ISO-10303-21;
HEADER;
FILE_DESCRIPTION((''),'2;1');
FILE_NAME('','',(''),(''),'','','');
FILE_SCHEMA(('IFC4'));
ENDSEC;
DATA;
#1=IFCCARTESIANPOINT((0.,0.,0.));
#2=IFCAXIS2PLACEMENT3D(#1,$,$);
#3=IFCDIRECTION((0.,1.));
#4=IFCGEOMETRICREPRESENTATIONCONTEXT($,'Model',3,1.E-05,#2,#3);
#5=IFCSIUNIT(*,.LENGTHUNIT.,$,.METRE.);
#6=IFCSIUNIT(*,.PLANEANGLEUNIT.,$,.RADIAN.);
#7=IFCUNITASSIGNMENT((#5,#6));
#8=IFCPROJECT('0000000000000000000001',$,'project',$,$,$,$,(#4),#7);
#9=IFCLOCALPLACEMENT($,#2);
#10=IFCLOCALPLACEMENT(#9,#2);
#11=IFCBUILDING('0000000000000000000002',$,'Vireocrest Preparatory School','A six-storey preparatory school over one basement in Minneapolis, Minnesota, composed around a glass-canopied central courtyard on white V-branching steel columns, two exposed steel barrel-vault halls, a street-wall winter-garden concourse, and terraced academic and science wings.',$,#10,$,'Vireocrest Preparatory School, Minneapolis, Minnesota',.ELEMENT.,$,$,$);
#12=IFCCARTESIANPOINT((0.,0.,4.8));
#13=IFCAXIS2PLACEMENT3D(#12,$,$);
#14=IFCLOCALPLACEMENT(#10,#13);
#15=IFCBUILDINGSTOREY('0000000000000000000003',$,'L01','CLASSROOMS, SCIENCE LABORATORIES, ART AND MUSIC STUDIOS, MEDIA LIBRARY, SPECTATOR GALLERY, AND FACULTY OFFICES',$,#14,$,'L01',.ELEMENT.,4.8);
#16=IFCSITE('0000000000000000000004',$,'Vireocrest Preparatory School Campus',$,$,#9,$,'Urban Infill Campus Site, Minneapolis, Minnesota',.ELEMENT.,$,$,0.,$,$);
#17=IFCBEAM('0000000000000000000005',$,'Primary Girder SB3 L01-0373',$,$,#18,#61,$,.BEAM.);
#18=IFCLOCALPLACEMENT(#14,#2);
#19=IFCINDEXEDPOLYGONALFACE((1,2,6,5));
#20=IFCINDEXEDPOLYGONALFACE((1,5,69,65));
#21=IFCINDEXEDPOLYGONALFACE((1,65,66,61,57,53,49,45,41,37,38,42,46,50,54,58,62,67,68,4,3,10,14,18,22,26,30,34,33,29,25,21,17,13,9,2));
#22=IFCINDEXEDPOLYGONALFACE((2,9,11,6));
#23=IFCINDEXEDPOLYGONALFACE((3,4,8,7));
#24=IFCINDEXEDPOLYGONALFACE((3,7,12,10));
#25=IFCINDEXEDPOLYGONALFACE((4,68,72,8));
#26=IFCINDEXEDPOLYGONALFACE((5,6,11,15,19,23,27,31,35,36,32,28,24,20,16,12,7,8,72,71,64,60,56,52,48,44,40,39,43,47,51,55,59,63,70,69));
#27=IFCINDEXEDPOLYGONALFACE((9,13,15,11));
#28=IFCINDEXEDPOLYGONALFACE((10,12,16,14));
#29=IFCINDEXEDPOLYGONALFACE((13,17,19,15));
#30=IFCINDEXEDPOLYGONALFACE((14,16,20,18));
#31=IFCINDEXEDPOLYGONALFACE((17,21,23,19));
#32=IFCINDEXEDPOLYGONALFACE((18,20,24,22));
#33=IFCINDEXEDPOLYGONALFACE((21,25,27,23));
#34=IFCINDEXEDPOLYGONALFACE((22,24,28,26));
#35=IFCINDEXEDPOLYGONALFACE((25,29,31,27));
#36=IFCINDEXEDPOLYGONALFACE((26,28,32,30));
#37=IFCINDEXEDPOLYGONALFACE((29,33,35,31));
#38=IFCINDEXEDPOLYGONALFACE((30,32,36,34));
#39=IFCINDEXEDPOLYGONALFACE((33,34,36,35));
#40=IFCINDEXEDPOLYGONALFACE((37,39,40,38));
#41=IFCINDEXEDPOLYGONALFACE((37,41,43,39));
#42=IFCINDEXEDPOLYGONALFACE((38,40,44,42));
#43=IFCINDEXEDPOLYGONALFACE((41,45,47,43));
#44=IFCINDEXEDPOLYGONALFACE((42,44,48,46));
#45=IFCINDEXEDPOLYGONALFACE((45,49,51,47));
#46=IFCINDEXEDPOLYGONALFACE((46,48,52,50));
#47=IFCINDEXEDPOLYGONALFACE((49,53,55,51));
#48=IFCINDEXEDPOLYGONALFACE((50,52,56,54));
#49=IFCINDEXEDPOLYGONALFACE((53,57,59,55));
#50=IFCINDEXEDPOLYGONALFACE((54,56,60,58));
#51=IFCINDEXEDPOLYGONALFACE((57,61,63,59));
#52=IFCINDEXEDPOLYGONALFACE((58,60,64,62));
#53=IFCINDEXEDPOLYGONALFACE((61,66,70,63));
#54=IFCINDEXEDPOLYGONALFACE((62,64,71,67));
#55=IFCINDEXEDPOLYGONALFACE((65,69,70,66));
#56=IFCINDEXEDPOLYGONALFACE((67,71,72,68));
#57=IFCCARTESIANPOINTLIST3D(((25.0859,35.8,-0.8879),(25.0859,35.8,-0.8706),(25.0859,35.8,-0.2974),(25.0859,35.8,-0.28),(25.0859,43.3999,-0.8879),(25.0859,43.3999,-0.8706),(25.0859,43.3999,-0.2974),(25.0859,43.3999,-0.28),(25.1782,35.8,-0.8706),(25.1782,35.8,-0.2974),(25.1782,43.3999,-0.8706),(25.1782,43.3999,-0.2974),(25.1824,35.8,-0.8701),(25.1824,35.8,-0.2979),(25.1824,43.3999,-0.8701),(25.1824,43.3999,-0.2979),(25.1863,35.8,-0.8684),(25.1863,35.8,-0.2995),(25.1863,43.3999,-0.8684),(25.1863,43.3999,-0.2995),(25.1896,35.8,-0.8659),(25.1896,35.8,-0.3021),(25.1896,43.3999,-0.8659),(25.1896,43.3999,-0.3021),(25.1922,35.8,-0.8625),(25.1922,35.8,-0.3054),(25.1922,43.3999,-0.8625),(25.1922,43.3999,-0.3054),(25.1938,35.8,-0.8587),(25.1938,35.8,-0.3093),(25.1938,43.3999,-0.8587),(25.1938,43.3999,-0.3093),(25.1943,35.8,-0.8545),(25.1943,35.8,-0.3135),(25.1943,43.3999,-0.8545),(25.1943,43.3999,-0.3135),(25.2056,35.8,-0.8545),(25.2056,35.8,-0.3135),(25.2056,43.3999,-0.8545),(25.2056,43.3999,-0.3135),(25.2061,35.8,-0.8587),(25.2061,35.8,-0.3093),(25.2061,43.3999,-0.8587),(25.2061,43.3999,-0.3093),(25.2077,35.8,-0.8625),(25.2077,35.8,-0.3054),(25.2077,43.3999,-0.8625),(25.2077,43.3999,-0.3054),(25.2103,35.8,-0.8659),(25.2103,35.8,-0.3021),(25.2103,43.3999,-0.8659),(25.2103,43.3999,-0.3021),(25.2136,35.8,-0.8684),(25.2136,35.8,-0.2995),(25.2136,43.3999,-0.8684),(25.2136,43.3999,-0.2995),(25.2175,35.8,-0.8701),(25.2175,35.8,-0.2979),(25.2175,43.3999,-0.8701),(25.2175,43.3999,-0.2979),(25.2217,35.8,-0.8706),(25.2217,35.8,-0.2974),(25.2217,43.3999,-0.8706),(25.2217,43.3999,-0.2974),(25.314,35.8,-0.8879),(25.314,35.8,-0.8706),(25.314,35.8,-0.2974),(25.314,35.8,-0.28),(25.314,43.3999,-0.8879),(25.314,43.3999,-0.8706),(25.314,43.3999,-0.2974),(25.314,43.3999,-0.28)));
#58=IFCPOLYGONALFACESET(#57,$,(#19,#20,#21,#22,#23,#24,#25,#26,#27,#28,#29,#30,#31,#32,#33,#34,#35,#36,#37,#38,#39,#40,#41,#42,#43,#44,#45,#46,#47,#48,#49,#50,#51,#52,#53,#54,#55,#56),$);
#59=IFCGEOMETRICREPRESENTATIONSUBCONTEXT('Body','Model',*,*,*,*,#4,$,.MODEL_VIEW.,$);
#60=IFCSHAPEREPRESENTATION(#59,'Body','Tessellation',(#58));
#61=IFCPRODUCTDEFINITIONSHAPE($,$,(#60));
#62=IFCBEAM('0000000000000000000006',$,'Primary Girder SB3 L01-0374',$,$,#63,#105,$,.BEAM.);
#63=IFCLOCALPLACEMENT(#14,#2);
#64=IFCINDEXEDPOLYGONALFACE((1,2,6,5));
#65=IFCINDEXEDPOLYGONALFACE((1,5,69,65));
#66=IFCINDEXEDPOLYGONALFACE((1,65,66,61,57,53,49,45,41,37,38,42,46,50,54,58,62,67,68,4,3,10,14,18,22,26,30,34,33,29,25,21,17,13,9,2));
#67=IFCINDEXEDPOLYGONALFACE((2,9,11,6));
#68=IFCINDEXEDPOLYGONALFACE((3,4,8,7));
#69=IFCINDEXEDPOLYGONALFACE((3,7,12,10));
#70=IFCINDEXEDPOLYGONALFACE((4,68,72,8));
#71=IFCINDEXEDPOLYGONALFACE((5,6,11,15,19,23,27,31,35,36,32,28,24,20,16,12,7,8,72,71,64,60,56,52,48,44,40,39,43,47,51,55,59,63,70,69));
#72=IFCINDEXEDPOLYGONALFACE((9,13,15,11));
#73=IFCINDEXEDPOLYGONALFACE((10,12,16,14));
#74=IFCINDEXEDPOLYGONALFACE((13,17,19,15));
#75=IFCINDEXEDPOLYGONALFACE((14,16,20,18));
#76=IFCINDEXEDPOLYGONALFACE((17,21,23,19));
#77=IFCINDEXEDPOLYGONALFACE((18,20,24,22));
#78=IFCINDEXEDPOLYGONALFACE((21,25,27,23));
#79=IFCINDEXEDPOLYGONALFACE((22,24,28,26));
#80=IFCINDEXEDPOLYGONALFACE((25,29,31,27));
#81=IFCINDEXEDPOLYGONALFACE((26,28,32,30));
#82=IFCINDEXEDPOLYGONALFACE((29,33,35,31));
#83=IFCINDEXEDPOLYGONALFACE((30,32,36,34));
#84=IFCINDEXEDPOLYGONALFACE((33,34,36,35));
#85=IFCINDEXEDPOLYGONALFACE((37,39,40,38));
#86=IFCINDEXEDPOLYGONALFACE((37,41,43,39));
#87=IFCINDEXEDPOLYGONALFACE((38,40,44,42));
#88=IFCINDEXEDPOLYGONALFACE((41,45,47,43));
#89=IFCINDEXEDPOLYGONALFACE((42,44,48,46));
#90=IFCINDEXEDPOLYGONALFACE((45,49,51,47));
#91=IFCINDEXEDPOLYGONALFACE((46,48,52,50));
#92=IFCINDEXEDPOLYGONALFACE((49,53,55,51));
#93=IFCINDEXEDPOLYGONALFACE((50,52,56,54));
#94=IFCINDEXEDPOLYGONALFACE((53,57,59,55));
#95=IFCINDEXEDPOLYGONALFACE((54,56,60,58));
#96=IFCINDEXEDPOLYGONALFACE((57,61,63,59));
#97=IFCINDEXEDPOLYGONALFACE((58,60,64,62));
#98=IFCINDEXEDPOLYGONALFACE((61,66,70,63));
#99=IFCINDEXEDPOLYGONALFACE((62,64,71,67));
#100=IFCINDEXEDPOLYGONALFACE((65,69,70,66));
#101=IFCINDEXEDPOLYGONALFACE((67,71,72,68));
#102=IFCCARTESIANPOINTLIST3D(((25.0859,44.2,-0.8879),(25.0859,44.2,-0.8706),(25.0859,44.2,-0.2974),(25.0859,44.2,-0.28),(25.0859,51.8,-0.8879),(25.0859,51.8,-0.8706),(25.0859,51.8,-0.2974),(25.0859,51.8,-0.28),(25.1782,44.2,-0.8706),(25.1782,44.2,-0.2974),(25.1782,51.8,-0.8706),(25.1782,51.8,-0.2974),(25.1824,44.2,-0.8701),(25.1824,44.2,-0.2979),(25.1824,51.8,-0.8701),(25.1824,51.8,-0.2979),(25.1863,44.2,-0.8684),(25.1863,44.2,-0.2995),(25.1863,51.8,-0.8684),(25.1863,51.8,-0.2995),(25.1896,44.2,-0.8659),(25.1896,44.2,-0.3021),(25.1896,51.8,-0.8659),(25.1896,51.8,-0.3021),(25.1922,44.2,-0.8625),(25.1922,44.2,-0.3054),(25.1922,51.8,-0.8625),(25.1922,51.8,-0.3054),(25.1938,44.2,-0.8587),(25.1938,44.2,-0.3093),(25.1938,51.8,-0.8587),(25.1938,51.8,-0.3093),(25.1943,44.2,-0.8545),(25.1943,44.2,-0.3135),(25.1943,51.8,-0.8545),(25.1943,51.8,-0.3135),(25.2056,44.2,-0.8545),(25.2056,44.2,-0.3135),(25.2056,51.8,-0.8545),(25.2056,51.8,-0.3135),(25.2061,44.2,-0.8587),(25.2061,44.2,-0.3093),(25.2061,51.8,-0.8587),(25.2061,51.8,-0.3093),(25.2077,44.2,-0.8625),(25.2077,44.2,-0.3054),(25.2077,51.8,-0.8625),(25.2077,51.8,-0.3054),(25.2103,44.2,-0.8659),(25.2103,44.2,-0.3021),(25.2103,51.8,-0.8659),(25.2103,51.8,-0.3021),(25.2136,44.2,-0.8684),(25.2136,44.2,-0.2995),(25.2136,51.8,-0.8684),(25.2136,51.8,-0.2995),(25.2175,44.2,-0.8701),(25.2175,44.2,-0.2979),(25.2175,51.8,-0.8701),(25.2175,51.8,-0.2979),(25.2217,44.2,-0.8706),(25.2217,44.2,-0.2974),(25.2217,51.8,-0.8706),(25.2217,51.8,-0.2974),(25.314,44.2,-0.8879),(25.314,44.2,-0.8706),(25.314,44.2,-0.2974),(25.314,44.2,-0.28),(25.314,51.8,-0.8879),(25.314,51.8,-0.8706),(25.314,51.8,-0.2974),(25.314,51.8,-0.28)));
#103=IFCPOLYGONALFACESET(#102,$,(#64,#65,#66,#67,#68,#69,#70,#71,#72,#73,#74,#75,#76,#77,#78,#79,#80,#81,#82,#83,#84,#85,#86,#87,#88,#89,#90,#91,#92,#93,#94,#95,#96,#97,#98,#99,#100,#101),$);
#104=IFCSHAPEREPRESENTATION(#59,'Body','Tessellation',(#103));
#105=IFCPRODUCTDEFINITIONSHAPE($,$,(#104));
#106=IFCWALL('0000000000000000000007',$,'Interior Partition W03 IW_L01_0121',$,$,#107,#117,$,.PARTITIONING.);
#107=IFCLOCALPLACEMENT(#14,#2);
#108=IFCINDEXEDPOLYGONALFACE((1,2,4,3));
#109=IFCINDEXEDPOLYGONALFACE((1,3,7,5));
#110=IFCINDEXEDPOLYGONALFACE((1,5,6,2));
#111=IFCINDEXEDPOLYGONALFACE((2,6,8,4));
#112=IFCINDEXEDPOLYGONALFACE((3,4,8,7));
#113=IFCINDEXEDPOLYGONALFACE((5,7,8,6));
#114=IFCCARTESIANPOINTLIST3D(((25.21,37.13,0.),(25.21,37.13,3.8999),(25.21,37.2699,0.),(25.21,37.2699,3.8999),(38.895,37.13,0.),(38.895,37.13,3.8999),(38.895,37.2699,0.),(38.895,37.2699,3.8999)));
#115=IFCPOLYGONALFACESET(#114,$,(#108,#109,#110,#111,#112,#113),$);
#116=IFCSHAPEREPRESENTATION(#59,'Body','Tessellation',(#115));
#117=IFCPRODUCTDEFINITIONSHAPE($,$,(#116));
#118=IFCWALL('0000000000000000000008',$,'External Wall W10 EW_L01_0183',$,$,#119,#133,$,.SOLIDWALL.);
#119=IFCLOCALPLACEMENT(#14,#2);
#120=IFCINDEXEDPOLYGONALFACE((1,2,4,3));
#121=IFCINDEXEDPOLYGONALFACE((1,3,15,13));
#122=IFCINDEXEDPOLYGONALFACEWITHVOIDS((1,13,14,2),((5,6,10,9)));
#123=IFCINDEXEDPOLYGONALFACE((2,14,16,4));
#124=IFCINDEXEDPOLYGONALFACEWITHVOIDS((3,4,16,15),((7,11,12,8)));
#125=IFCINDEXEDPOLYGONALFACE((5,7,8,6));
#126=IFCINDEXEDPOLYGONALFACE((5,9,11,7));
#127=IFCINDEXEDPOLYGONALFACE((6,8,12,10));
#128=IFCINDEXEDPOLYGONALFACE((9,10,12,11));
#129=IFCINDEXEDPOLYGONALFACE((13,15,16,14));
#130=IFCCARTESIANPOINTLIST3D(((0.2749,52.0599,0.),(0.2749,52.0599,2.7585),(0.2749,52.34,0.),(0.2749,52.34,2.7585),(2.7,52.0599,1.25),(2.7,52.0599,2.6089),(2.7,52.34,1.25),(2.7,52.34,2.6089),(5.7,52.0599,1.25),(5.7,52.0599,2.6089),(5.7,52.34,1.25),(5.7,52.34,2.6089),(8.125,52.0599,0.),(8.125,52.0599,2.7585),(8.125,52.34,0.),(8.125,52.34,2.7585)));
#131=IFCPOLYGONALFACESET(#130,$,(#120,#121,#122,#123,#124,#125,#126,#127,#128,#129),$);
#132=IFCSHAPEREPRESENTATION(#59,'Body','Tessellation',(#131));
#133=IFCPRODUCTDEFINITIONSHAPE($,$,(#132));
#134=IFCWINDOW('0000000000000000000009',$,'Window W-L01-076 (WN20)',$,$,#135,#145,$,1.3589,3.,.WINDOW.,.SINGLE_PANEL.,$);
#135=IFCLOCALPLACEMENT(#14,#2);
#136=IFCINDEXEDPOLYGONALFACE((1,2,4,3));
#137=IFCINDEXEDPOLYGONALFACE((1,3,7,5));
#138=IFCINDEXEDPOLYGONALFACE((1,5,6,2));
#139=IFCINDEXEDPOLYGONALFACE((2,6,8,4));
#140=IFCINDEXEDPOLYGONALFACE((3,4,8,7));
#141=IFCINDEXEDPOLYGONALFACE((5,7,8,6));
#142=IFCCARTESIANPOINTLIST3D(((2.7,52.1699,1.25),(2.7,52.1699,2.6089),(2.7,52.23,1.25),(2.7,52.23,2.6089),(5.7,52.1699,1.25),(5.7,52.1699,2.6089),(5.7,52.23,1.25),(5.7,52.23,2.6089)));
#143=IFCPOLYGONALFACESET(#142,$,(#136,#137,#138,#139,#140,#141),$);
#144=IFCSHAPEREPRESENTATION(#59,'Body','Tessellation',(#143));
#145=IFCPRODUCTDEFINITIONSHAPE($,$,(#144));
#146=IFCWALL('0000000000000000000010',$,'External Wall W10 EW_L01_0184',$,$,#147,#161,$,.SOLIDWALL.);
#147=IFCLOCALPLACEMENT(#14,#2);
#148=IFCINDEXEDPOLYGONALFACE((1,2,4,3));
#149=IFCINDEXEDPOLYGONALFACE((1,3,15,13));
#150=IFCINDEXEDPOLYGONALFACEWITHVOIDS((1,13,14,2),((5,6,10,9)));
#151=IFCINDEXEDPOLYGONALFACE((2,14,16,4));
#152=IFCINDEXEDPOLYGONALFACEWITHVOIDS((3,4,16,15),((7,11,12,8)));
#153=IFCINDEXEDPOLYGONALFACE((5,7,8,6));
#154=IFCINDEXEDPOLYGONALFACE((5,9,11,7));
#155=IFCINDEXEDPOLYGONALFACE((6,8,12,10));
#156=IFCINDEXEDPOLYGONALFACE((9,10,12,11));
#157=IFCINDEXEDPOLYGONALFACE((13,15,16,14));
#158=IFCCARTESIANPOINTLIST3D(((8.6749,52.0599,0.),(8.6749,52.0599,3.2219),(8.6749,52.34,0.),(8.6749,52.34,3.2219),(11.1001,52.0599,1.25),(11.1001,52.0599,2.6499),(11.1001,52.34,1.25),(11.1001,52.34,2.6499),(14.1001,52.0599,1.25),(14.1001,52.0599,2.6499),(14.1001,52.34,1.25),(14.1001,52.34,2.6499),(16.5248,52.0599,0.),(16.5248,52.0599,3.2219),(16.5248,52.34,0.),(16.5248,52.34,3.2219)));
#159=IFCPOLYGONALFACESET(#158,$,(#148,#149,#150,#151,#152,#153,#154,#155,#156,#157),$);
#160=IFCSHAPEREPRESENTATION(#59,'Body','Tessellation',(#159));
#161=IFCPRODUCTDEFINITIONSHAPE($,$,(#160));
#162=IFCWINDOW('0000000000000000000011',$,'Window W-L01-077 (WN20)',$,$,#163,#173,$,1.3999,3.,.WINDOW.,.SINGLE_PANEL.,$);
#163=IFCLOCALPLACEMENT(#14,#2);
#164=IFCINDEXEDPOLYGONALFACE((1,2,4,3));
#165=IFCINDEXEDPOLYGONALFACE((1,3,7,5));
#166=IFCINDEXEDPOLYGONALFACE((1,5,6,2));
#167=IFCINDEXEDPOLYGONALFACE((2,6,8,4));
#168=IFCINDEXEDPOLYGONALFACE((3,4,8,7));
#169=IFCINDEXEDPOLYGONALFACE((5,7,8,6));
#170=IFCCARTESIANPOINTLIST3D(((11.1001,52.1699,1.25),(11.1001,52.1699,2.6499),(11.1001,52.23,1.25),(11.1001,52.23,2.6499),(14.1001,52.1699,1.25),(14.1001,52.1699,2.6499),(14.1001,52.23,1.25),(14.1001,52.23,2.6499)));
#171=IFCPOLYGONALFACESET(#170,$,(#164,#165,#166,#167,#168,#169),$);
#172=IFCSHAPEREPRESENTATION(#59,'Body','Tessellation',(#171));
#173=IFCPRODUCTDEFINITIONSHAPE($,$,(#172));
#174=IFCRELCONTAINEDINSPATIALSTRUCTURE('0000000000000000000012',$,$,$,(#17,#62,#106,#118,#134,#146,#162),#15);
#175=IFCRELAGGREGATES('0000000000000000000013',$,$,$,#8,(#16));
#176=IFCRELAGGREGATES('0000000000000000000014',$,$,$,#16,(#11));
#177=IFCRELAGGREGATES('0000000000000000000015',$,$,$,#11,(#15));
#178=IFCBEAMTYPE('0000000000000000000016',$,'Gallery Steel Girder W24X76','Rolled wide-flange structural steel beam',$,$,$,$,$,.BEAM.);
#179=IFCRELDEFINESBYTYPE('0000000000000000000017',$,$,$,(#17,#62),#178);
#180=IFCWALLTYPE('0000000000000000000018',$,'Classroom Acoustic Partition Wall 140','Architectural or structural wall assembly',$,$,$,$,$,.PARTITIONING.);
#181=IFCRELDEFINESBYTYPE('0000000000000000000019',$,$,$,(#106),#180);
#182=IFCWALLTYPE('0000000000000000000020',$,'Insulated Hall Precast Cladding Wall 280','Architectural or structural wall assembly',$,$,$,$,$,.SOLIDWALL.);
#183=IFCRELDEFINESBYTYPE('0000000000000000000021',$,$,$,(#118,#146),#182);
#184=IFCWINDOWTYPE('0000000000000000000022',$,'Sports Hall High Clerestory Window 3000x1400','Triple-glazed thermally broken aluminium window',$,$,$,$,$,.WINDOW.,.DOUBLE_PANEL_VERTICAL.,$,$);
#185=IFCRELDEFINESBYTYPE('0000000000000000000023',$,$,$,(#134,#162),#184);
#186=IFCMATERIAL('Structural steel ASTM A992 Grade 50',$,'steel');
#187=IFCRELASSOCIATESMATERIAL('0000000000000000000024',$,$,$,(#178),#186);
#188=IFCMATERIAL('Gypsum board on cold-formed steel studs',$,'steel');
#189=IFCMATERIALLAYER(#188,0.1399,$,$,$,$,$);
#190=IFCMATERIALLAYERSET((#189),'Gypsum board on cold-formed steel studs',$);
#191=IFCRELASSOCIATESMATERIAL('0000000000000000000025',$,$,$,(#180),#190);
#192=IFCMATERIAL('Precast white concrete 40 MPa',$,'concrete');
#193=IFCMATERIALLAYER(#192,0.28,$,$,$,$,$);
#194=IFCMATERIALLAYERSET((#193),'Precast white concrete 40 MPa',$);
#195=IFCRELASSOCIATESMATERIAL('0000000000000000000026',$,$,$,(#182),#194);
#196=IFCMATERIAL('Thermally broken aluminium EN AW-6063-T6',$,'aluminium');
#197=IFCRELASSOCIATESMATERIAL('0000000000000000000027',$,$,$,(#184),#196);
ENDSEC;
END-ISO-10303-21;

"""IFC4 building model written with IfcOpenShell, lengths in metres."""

from ifc_helpers import new_model, si_unit, direction, frame, frame_2d, origin, origin_2d, place, context, subcontext, project, spatial, rectangle, i_section, extrude, material, layer, layer_set, material_profile, profile_set, type_object, element, fill, save


model = new_model("IFC4")

# Units and contexts
model_context = context("Model", 3, precision=1e-05, world=origin(), true_north=direction((0.0, 1.0)))
body_context = subcontext(model_context, "Body", "Model", "MODEL_VIEW")
ifc_project = project(units=[si_unit("LENGTHUNIT", "METRE"), si_unit("PLANEANGLEUNIT", "RADIAN")], contexts=[model_context])

# Site, building, storey
site_placement = place(None, origin())
site = spatial("IfcSite", under=ifc_project, at=site_placement, Name="Vireocrest Preparatory School Campus", LongName="Urban Infill Campus Site, Minneapolis, Minnesota", CompositionType="ELEMENT", RefElevation=0.0)
building_placement = place(site_placement, origin())
building = spatial("IfcBuilding", under=site, at=building_placement, Name="Vireocrest Preparatory School", Description="A six-storey preparatory school over one basement in Minneapolis, Minnesota, composed around a glass-canopied central courtyard on white V-branching steel columns, two exposed steel barrel-vault halls, a street-wall winter-garden concourse, and terraced academic and science wings.", LongName="Vireocrest Preparatory School, Minneapolis, Minnesota", CompositionType="ELEMENT")
storey_placement = place(building_placement, frame((0.0, 0.0, 4.8)))
storey = spatial("IfcBuildingStorey", under=building, at=storey_placement, Name="L01", Description="CLASSROOMS, SCIENCE LABORATORIES, ART AND MUSIC STUDIOS, MEDIA LIBRARY, SPECTATOR GALLERY, AND FACULTY OFFICES", LongName="L01", CompositionType="ELEMENT", Elevation=4.8)

# Beams
ifc_material_1 = material(Name="Structural steel ASTM A992 Grade 50", Category="steel")
ifc_material_profile_1 = material_profile(ifc_material_1, i_section(OverallWidth=0.228, OverallDepth=0.6079, WebThickness=0.0112, FlangeThickness=0.0173, FilletRadius=0.0161, at=origin_2d()), Name="W24X76")
ifc_profile_set_1 = profile_set([ifc_material_profile_1], Name="Structural steel ASTM A992 Grade 50")
beam_type_1 = type_object("IfcBeamType", Name="Gallery Steel Girder W24X76", Description="Rolled wide-flange structural steel beam", PredefinedType="BEAM", material=ifc_profile_set_1)
beam_1_placement = place(storey_placement, frame((25.2, 35.8, -0.584), z_axis=(0.0, 1.0, 0.0), x_axis=(-1.0, 0.0, 0.0)))
element("IfcBeam", 1, at=beam_1_placement, inside=storey, type_object=beam_type_1, Name="Primary Girder SB3 L01-0373", PredefinedType="BEAM", context=body_context, shape_type="SweptSolid", body=[
    extrude(i_section(OverallWidth=0.228, OverallDepth=0.6079, WebThickness=0.0112, FlangeThickness=0.0173, FilletRadius=0.0161, at=origin_2d()), origin(), (0.0, 0.0, 1.0), 7.5999),
])
beam_2_placement = place(storey_placement, frame((25.2, 44.2, -0.584), z_axis=(0.0, 1.0, 0.0), x_axis=(-1.0, 0.0, 0.0)))
element("IfcBeam", 2, at=beam_2_placement, inside=storey, type_object=beam_type_1, Name="Primary Girder SB3 L01-0374", PredefinedType="BEAM", context=body_context, shape_type="SweptSolid", body=[
    extrude(i_section(OverallWidth=0.228, OverallDepth=0.6079, WebThickness=0.0112, FlangeThickness=0.0173, FilletRadius=0.0161, at=origin_2d()), origin(), (0.0, 0.0, 1.0), 7.6001),
])

# Wall
ifc_material_2 = material(Name="Gypsum board on cold-formed steel studs", Category="steel")
ifc_layer_1 = layer(ifc_material_2, 0.1399)
ifc_layer_set_1 = layer_set([ifc_layer_1], Name="Gypsum board on cold-formed steel studs")
wall_type_1 = type_object("IfcWallType", Name="Classroom Acoustic Partition Wall 140", Description="Architectural or structural wall assembly", PredefinedType="PARTITIONING", material=ifc_layer_set_1)
wall_1_placement = place(storey_placement, frame((25.21, 37.2, 0.0), z_axis=(0.0, 0.0, 1.0), x_axis=(1.0, 0.0, 0.0)))
element("IfcWall", 3, at=wall_1_placement, inside=storey, type_object=wall_type_1, Name="Interior Partition W03 IW_L01_0121", PredefinedType="PARTITIONING", context=body_context, shape_type="SweptSolid", body=[
    extrude(rectangle(XDim=13.6851, YDim=0.1399, at=frame_2d((6.8425, 0.0))), origin(), (0.0, 0.0, 1.0), 3.8999),
])

# Walls, openings, windows
ifc_material_3 = material(Name="Precast white concrete 40 MPa", Category="concrete")
ifc_layer_2 = layer(ifc_material_3, 0.28)
ifc_layer_set_2 = layer_set([ifc_layer_2], Name="Precast white concrete 40 MPa")
wall_type_2 = type_object("IfcWallType", Name="Insulated Hall Precast Cladding Wall 280", Description="Architectural or structural wall assembly", PredefinedType="SOLIDWALL", material=ifc_layer_set_2)
wall_2_placement = place(storey_placement, frame((0.2749, 52.2, 0.0), z_axis=(0.0, 0.0, 1.0), x_axis=(1.0, 0.0, 0.0)))
wall_2 = element("IfcWall", 4, at=wall_2_placement, inside=storey, type_object=wall_type_2, Name="External Wall W10 EW_L01_0183", PredefinedType="SOLIDWALL", context=body_context, shape_type="SweptSolid", body=[
    extrude(rectangle(XDim=7.8501, YDim=0.28, at=frame_2d((3.925, 0.0))), origin(), (0.0, 0.0, 1.0), 2.7585),
])
opening_1_placement = place(wall_2_placement, frame((2.425, 0.0, 1.25)))
opening_1 = element("IfcOpeningElement", 5, at=opening_1_placement, cuts=wall_2, PredefinedType="OPENING", context=body_context, shape_type="SweptSolid", body=[
    extrude(rectangle(XDim=3.0, YDim=1.3589, at=frame_2d((1.5, 0.6794))), frame((0.0, 0.1499, 0.0), z_axis=(0.0, -1.0, 0.0), x_axis=(1.0, 0.0, 0.0)), (0.0, 0.0, 1.0), 0.3),
])
ifc_material_4 = material(Name="Thermally broken aluminium EN AW-6063-T6", Category="aluminium")
window_type = type_object("IfcWindowType", Name="Sports Hall High Clerestory Window 3000x1400", Description="Triple-glazed thermally broken aluminium window", PartitioningType="DOUBLE_PANEL_VERTICAL", PredefinedType="WINDOW", material=ifc_material_4)
window_1_placement = place(opening_1_placement, origin())
window_1 = element("IfcWindow", 6, at=window_1_placement, inside=storey, type_object=window_type, Name="Window W-L01-076 (WN20)", OverallHeight=1.3589, OverallWidth=3.0, PartitioningType="SINGLE_PANEL", PredefinedType="WINDOW", context=body_context, shape_type="SweptSolid", body=[
    extrude(rectangle(XDim=3.0, YDim=1.3589, at=frame_2d((1.5, 0.6794))), frame((0.0, 0.03, 0.0), z_axis=(0.0, -1.0, 0.0), x_axis=(1.0, 0.0, 0.0)), (0.0, 0.0, 1.0), 0.0601),
])
fill(opening_1, window_1)
wall_3_placement = place(storey_placement, frame((8.675, 52.2, 0.0), z_axis=(0.0, 0.0, 1.0), x_axis=(1.0, 0.0, 0.0)))
wall_3 = element("IfcWall", 7, at=wall_3_placement, inside=storey, type_object=wall_type_2, Name="External Wall W10 EW_L01_0184", PredefinedType="SOLIDWALL", context=body_context, shape_type="SweptSolid", body=[
    extrude(rectangle(XDim=7.8499, YDim=0.28, at=frame_2d((3.9248, 0.0))), origin(), (0.0, 0.0, 1.0), 3.2219),
])
opening_2_placement = place(wall_3_placement, frame((2.425, 0.0, 1.25)))
opening_2 = element("IfcOpeningElement", 8, at=opening_2_placement, cuts=wall_3, PredefinedType="OPENING", context=body_context, shape_type="SweptSolid", body=[
    extrude(rectangle(XDim=3.0, YDim=1.3999, at=frame_2d((1.5, 0.7))), frame((0.0, 0.1499, 0.0), z_axis=(0.0, -1.0, 0.0), x_axis=(1.0, 0.0, 0.0)), (0.0, 0.0, 1.0), 0.3),
])
window_2_placement = place(opening_2_placement, origin())
window_2 = element("IfcWindow", 9, at=window_2_placement, inside=storey, type_object=window_type, Name="Window W-L01-077 (WN20)", OverallHeight=1.3999, OverallWidth=3.0, PartitioningType="SINGLE_PANEL", PredefinedType="WINDOW", context=body_context, shape_type="SweptSolid", body=[
    extrude(rectangle(XDim=3.0, YDim=1.3999, at=frame_2d((1.5, 0.7))), frame((0.0, 0.03, 0.0), z_axis=(0.0, -1.0, 0.0), x_axis=(1.0, 0.0, 0.0)), (0.0, 0.0, 1.0), 0.0601),
])
fill(opening_2, window_2)

save(model, "model.ifc")
